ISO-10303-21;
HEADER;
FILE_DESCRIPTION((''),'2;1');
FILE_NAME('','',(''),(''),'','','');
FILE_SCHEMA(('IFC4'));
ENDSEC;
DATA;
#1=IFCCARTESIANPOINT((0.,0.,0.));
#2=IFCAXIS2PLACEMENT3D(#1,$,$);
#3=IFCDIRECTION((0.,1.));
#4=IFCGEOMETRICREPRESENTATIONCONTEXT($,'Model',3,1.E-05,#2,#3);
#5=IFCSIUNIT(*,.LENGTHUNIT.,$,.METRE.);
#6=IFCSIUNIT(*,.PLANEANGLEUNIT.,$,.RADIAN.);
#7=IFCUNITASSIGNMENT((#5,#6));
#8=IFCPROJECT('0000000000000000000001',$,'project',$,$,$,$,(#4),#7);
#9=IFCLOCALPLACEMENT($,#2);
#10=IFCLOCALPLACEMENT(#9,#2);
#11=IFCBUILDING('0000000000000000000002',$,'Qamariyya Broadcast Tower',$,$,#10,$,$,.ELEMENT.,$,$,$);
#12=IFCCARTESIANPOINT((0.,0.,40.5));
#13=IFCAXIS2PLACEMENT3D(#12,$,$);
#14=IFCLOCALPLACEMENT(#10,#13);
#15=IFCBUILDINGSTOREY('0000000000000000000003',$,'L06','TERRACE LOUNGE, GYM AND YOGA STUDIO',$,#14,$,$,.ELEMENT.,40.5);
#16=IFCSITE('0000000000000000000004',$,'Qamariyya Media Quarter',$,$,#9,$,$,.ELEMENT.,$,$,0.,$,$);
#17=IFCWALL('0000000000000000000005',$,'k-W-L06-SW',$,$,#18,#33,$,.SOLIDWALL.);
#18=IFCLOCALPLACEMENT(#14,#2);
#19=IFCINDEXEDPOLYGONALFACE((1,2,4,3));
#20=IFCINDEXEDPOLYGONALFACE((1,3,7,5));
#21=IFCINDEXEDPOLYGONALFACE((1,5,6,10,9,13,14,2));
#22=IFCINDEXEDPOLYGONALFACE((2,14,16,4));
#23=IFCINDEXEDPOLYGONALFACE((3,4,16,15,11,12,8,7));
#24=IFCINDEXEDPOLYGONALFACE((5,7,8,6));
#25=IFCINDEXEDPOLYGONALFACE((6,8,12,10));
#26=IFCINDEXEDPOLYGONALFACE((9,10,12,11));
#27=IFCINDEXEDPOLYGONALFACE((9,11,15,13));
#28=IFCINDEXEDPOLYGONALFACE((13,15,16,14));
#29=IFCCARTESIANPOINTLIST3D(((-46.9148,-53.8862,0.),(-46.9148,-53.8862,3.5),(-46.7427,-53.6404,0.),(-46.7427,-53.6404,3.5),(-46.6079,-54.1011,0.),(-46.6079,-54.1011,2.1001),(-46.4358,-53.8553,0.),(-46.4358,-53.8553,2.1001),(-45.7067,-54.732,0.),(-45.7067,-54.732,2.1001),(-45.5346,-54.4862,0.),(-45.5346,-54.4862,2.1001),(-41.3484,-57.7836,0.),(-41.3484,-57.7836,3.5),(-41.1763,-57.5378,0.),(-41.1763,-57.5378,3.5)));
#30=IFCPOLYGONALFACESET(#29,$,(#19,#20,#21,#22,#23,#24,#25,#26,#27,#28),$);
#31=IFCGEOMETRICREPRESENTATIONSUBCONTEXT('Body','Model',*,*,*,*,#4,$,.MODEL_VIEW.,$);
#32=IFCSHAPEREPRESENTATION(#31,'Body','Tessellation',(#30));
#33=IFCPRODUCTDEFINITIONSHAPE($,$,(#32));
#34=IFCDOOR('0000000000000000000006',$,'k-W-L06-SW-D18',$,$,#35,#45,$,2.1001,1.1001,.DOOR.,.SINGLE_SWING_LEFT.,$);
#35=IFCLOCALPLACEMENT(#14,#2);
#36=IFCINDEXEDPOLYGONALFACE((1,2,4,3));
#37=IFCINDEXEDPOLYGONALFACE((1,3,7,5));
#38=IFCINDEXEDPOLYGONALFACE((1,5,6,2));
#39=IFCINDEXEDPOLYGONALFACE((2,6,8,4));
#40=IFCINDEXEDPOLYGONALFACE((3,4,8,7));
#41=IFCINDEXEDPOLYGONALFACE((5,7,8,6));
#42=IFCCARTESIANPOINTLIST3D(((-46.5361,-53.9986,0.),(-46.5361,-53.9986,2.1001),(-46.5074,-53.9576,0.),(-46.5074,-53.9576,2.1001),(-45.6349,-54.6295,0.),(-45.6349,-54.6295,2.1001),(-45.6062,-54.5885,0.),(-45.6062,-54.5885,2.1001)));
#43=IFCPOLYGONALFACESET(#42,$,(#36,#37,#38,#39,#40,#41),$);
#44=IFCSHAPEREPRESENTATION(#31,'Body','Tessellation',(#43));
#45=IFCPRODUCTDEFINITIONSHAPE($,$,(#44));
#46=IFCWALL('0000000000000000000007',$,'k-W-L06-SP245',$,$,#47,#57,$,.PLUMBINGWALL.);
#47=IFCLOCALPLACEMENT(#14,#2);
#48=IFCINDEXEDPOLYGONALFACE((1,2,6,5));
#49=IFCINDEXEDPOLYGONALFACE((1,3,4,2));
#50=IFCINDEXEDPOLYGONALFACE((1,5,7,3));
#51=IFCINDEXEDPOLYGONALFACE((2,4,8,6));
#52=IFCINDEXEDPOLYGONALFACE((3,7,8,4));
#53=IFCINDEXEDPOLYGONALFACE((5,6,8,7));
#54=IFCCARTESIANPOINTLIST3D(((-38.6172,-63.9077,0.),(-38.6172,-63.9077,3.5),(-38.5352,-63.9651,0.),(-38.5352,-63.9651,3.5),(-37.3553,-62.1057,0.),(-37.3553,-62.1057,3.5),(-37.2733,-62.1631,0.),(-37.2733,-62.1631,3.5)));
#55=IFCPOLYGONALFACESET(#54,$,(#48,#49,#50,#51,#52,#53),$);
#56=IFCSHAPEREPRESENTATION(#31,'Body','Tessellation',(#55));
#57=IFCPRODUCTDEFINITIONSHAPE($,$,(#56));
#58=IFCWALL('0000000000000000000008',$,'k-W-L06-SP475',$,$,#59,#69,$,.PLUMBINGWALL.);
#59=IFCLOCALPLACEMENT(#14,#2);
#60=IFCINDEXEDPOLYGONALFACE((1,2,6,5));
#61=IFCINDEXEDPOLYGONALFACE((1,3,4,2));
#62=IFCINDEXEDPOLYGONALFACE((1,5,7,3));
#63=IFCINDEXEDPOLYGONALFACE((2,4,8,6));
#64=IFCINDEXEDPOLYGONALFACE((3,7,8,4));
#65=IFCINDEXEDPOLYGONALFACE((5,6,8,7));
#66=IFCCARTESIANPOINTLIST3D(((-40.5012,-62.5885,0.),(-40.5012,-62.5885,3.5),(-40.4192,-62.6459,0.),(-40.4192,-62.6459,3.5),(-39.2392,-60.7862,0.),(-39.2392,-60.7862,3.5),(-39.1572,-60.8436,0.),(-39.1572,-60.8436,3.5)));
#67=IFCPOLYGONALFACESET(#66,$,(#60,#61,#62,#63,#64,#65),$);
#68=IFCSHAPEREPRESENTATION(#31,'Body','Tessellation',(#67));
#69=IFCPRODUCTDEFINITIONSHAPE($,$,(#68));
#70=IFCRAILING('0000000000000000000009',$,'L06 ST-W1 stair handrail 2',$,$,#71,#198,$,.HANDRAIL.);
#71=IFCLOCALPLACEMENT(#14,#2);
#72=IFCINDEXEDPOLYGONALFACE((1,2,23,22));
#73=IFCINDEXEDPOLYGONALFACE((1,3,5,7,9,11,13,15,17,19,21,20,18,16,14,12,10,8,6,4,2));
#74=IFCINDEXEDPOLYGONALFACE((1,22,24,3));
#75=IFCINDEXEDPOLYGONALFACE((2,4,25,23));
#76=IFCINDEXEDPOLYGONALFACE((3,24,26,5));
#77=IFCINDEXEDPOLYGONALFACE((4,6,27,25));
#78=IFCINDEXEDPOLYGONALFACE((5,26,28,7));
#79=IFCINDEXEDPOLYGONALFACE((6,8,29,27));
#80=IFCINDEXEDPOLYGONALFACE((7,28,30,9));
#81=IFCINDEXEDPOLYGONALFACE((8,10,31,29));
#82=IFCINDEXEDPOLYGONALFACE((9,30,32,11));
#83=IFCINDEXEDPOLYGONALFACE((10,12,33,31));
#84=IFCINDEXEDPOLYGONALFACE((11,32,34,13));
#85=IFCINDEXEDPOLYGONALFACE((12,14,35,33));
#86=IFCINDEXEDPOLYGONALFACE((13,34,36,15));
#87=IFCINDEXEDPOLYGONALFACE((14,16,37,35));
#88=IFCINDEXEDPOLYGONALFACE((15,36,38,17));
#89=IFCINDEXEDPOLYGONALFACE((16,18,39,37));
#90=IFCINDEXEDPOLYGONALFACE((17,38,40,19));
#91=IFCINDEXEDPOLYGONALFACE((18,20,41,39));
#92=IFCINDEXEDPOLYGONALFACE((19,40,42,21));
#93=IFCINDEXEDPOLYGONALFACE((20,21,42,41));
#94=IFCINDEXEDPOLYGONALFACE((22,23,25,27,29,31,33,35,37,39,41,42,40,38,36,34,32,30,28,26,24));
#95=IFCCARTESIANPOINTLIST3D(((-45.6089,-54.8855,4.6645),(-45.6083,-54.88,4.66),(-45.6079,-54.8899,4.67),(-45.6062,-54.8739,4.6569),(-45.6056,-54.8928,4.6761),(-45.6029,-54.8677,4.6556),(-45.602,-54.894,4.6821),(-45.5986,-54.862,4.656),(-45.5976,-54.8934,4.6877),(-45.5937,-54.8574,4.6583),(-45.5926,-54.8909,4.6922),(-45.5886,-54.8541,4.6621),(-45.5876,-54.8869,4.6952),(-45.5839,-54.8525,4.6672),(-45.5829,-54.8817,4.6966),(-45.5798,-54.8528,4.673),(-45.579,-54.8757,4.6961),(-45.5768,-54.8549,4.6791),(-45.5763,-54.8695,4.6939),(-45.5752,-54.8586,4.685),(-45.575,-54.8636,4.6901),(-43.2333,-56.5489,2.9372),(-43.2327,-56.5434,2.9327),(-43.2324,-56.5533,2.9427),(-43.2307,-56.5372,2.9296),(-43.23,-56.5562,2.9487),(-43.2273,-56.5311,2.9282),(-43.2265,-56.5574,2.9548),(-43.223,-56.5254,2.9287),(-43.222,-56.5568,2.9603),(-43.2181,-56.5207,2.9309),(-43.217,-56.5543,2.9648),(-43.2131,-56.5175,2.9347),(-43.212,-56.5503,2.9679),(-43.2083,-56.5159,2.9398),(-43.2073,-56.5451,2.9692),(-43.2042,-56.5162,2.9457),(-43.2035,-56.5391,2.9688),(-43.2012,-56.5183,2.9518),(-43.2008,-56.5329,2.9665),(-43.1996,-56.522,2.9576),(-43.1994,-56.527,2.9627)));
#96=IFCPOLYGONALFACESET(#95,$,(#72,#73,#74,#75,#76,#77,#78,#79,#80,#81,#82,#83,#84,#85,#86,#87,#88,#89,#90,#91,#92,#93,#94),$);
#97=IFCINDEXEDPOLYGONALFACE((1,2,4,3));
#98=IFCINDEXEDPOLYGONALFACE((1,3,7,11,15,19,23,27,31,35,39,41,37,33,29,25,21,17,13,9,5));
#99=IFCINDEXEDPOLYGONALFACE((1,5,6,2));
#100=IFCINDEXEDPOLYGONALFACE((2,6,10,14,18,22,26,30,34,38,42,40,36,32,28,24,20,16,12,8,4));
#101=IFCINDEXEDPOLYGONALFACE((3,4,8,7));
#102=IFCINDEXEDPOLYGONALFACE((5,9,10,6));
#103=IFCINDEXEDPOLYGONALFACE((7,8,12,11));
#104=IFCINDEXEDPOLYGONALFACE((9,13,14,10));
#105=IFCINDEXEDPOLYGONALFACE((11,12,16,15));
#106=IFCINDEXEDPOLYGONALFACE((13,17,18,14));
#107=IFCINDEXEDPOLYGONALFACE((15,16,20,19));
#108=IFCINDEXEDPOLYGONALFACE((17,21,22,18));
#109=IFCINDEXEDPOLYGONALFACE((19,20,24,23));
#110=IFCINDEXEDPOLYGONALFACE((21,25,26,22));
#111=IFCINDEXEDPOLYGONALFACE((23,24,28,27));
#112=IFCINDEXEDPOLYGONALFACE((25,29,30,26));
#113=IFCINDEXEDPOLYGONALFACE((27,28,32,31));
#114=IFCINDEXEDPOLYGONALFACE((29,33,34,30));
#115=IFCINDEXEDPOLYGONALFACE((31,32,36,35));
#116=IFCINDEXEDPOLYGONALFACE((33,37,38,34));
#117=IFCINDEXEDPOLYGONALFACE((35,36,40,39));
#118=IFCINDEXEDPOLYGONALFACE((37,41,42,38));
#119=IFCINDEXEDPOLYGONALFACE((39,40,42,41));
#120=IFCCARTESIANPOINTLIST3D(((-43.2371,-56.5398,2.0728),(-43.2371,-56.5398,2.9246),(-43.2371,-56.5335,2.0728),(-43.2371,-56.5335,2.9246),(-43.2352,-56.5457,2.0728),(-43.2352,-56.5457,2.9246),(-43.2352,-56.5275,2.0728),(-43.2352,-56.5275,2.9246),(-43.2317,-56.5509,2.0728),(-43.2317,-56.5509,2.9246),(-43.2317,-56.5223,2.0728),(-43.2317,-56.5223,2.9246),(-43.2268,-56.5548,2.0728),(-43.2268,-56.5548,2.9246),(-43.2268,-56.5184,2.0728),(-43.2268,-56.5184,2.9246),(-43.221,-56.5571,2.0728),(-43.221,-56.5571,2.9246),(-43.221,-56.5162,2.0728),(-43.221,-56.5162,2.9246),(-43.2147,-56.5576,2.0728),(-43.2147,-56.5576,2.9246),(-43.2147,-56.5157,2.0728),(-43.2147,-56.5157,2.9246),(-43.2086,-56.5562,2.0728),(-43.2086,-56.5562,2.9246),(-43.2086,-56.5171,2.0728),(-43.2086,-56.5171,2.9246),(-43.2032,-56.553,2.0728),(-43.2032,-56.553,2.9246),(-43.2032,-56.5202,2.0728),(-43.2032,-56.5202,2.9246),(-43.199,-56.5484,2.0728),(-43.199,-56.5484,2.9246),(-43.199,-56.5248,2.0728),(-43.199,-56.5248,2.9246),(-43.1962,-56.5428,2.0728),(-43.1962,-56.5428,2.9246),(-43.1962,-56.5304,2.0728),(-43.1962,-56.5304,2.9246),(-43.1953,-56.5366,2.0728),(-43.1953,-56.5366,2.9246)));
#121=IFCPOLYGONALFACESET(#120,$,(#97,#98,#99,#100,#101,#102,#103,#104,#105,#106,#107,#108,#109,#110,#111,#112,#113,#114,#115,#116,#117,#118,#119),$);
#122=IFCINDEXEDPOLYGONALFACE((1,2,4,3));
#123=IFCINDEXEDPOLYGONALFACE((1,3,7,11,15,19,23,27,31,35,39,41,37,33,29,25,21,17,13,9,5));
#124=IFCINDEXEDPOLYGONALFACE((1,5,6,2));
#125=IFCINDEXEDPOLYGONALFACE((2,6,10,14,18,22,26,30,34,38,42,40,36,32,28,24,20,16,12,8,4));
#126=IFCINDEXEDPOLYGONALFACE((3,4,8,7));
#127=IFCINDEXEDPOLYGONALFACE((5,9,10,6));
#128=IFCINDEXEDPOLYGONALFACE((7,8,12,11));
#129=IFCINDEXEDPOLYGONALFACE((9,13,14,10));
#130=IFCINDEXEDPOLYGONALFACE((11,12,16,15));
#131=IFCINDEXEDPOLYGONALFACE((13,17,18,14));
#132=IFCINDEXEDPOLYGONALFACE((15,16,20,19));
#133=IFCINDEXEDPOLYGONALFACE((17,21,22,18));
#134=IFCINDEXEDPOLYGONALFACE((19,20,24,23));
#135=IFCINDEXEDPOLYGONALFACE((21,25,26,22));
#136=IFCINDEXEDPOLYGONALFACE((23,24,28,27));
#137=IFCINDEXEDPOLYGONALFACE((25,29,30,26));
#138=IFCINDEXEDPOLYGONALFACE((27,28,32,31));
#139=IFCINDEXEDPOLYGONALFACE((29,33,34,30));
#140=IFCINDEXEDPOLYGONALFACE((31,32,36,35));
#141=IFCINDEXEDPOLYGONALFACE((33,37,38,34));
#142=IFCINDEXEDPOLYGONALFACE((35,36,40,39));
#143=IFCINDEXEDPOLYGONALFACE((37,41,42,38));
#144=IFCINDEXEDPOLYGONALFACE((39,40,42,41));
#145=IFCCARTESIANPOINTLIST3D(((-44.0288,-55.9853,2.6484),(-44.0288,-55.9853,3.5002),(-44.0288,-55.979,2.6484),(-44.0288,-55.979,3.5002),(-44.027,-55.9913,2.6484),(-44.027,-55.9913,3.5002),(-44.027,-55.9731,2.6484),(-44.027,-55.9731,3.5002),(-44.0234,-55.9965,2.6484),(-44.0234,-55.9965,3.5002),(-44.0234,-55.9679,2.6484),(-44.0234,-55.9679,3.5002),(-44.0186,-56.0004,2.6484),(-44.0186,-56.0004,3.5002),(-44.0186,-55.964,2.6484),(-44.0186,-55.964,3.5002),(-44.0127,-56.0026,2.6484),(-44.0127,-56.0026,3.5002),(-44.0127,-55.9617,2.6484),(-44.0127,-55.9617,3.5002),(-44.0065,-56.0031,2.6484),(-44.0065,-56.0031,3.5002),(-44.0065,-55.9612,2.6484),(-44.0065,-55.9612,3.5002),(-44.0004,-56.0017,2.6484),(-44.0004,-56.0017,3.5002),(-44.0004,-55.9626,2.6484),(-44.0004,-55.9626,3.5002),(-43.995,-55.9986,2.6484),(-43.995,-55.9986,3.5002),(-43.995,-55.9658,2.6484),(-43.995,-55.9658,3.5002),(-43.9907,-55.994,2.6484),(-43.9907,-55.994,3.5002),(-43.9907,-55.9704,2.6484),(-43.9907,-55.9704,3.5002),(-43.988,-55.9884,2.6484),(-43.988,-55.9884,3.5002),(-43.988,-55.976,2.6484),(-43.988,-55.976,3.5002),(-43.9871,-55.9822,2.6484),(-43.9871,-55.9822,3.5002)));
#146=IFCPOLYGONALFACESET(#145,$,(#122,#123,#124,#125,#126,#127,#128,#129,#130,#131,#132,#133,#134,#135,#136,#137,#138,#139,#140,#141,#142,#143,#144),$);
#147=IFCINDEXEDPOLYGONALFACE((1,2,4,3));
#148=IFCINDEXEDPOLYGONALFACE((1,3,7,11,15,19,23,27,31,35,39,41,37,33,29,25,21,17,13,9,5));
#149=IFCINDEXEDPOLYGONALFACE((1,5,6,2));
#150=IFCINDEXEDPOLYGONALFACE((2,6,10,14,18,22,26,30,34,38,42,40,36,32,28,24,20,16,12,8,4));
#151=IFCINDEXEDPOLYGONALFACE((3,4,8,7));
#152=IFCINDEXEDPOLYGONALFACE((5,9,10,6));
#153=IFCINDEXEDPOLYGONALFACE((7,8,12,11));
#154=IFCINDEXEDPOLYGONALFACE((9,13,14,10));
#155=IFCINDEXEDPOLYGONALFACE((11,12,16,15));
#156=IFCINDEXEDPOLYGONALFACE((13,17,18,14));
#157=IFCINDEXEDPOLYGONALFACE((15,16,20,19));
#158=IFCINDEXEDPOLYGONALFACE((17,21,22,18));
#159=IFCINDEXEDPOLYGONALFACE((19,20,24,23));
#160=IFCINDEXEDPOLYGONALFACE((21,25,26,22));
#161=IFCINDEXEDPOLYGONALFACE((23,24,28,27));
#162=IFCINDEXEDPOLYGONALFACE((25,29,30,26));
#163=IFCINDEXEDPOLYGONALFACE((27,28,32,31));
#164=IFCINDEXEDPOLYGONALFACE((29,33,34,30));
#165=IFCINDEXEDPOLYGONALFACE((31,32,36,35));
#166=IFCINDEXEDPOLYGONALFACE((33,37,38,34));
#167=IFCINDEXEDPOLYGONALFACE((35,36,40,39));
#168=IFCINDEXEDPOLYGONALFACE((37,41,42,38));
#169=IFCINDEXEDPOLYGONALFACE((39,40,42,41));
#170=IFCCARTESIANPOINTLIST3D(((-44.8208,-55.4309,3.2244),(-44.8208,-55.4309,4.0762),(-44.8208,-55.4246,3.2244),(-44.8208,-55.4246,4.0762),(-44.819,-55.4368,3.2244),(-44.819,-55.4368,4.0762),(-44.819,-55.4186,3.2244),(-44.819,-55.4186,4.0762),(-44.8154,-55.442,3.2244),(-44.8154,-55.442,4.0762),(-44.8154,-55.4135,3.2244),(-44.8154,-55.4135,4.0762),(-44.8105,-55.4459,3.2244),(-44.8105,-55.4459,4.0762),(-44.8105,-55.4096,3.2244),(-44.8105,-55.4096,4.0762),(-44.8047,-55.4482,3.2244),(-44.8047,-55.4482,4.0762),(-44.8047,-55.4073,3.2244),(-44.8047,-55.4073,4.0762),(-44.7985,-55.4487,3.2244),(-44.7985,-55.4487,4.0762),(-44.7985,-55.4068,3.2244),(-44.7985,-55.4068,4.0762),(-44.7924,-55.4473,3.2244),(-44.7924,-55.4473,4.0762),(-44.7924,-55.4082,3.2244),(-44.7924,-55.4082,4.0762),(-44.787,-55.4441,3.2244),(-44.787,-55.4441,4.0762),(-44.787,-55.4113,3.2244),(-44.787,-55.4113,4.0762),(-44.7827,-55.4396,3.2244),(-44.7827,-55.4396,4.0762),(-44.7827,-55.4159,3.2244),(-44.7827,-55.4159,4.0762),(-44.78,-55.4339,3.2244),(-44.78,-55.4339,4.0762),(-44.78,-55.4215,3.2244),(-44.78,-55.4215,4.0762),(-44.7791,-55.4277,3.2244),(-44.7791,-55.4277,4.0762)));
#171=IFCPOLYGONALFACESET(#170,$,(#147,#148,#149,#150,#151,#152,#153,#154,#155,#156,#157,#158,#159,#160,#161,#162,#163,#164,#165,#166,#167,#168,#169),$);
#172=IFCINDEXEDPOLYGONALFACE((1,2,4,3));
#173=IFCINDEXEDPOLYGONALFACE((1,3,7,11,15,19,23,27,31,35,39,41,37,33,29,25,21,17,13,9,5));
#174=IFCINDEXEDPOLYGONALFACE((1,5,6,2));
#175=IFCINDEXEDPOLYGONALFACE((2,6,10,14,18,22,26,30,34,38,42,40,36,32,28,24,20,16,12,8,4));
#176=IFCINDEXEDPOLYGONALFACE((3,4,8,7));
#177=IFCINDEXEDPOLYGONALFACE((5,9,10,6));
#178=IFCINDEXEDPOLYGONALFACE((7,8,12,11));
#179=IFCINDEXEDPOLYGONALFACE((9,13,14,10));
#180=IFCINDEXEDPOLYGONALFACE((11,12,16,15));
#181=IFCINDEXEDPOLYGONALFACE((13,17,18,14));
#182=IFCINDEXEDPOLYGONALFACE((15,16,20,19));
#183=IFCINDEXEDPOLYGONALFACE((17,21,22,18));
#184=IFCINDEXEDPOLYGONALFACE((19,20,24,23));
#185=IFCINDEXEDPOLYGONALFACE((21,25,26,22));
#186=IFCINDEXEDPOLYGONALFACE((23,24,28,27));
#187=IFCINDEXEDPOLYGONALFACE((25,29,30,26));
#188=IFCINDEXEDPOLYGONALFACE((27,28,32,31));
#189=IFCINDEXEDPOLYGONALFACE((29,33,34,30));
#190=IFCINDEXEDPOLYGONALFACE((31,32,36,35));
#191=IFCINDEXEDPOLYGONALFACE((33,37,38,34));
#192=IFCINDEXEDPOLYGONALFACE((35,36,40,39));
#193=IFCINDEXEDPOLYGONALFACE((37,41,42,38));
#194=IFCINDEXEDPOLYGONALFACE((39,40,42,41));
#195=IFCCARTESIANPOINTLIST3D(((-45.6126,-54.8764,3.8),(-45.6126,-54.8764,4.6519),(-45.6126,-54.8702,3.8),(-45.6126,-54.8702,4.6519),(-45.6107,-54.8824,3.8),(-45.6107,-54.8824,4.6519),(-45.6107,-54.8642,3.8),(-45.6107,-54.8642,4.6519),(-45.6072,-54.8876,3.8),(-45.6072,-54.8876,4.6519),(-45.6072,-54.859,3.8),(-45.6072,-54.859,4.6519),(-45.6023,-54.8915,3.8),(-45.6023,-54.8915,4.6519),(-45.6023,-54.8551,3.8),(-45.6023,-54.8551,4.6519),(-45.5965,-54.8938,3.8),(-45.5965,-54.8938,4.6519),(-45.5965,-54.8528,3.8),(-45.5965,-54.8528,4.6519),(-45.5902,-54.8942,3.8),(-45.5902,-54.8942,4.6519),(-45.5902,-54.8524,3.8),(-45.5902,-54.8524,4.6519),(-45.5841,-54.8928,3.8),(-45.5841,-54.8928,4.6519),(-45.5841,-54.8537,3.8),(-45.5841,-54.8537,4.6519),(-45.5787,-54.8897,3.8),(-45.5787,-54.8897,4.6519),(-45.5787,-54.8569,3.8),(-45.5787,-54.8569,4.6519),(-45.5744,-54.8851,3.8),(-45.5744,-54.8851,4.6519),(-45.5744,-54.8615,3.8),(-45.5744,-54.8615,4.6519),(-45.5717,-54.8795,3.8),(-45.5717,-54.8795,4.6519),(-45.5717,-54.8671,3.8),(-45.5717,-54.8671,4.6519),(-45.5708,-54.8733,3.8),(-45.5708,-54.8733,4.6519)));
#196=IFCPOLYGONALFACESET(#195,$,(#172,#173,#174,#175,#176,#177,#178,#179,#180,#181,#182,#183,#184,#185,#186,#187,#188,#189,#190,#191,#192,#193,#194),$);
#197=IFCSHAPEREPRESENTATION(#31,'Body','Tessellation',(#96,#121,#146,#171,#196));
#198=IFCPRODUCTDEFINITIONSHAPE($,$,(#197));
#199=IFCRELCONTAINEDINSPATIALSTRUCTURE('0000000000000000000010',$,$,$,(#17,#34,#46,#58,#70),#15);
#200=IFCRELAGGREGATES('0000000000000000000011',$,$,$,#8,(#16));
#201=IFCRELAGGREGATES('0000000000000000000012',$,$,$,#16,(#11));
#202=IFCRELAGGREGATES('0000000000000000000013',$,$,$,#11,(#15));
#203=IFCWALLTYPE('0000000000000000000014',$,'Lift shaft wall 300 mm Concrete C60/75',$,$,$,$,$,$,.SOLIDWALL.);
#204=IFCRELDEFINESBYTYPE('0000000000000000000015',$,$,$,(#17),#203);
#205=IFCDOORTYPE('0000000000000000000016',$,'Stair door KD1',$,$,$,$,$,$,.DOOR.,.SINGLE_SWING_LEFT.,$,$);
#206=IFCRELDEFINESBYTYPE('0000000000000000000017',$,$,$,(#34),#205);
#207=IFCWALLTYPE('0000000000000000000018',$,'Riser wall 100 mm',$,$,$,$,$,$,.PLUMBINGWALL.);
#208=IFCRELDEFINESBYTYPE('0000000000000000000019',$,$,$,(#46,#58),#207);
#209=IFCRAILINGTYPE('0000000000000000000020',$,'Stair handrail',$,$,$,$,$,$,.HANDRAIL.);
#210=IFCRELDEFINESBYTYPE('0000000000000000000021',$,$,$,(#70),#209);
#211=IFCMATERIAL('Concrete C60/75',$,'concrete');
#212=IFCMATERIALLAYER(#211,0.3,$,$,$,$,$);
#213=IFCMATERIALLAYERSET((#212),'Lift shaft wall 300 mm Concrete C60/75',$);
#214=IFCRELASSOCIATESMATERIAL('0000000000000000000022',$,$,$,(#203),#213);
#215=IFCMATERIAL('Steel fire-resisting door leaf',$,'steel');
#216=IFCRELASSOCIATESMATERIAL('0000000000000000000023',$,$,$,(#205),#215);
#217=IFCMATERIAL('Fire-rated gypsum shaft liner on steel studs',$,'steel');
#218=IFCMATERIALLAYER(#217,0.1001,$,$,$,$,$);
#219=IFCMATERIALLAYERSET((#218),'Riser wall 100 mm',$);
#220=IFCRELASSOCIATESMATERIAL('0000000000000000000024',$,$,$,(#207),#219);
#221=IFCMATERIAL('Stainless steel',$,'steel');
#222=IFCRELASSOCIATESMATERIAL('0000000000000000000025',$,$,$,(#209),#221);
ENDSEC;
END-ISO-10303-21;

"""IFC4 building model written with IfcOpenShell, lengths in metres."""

from ifc_helpers import new_model, si_unit, direction, frame, frame_2d, origin, origin_2d, place, context, subcontext, project, spatial, rectangle, circle, extrude, material, layer, layer_set, type_object, element, fill, save


model = new_model("IFC4")

# Units and contexts
model_context = context("Model", 3, precision=1e-05, world=origin(), true_north=direction((0.0, 1.0)))
body_context = subcontext(model_context, "Body", "Model", "MODEL_VIEW")
ifc_project = project(units=[si_unit("LENGTHUNIT", "METRE"), si_unit("PLANEANGLEUNIT", "RADIAN")], contexts=[model_context])

# Site, building, storey
site_placement = place(None, origin())
site = spatial("IfcSite", under=ifc_project, at=site_placement, Name="Qamariyya Media Quarter", CompositionType="ELEMENT", RefElevation=0.0)
building_placement = place(site_placement, origin())
building = spatial("IfcBuilding", under=site, at=building_placement, Name="Qamariyya Broadcast Tower", CompositionType="ELEMENT")
storey_placement = place(building_placement, frame((0.0, 0.0, 40.5)))
storey = spatial("IfcBuildingStorey", under=building, at=storey_placement, Name="L06", Description="TERRACE LOUNGE, GYM AND YOGA STUDIO", CompositionType="ELEMENT", Elevation=40.5)

# Shared definitions
ifc_material_1 = material(Name="Concrete C60/75", Category="concrete")
ifc_layer_1 = layer(ifc_material_1, 0.3)
ifc_layer_set_1 = layer_set([ifc_layer_1], Name="Lift shaft wall 300 mm Concrete C60/75")
wall_type_1 = type_object("IfcWallType", Name="Lift shaft wall 300 mm Concrete C60/75", PredefinedType="SOLIDWALL", material=ifc_layer_set_1)

# Shared definitions
ifc_material_2 = material(Name="Steel fire-resisting door leaf", Category="steel")

# Wall, opening, door
wall_1_placement = place(storey_placement, frame((-41.2625, -57.6606, 0.0), z_axis=(0.0, 0.0, 1.0), x_axis=(-0.819164, 0.573559, 0.0)))
wall_1 = element("IfcWall", 1, at=wall_1_placement, inside=storey, type_object=wall_type_1, Name="k-W-L06-SW", PredefinedType="SOLIDWALL", context=body_context, shape_type="SweptSolid", body=[
    extrude(rectangle(XDim=6.7952, YDim=0.3, at=frame_2d((3.3975, 0.0))), origin(), (0.0, 0.0, 1.0), 3.5),
])
opening_1_placement = place(wall_1_placement, frame((5.3203, 0.0, 0.0)))
opening_1 = element("IfcOpeningElement", 2, at=opening_1_placement, cuts=wall_1, PredefinedType="OPENING", context=body_context, shape_type="SweptSolid", body=[
    extrude(rectangle(XDim=1.1001, YDim=2.1001, at=frame_2d((0.55, 1.05))), frame((0.0, 0.1599, 0.0), z_axis=(0.0, -1.0, 0.0), x_axis=(1.0, 0.0, 0.0)), (0.0, 0.0, 1.0), 0.3201),
])
door_type_1 = type_object("IfcDoorType", Name="Stair door KD1", OperationType="SINGLE_SWING_LEFT", PredefinedType="DOOR", material=ifc_material_2)
door_1_placement = place(opening_1_placement, origin())
door_1 = element("IfcDoor", 3, at=door_1_placement, inside=storey, type_object=door_type_1, Name="k-W-L06-SW-D18", OperationType="SINGLE_SWING_LEFT", OverallHeight=2.1001, OverallWidth=1.1001, PredefinedType="DOOR", context=body_context, shape_type="SweptSolid", body=[
    extrude(rectangle(XDim=1.1001, YDim=2.1001, at=frame_2d((0.55, 1.05))), frame((0.0, 0.0249, 0.0), z_axis=(0.0, -1.0, 0.0), x_axis=(1.0, 0.0, 0.0)), (0.0, 0.0, 1.0), 0.05),
])
fill(opening_1, door_1)

# Walls
ifc_material_3 = material(Name="Fire-rated gypsum shaft liner on steel studs", Category="steel")
ifc_layer_2 = layer(ifc_material_3, 0.1001)
ifc_layer_set_2 = layer_set([ifc_layer_2], Name="Riser wall 100 mm")
wall_type_2 = type_object("IfcWallType", Name="Riser wall 100 mm", PredefinedType="PLUMBINGWALL", material=ifc_layer_set_2)
wall_2_placement = place(storey_placement, frame((-37.3142, -62.1343, 0.0), z_axis=(0.0, 0.0, 1.0), x_axis=(-0.573634, -0.819112, 0.0)))
element("IfcWall", 4, at=wall_2_placement, inside=storey, type_object=wall_type_2, Name="k-W-L06-SP245", PredefinedType="PLUMBINGWALL", context=body_context, shape_type="SweptSolid", body=[
    extrude(rectangle(XDim=2.2, YDim=0.1001, at=frame_2d((1.1001, 0.0))), origin(), (0.0, 0.0, 1.0), 3.5),
])
wall_3_placement = place(storey_placement, frame((-39.1982, -60.8149, 0.0), z_axis=(0.0, 0.0, 1.0), x_axis=(-0.573581, -0.819149, 0.0)))
element("IfcWall", 5, at=wall_3_placement, inside=storey, type_object=wall_type_2, Name="k-W-L06-SP475", PredefinedType="PLUMBINGWALL", context=body_context, shape_type="SweptSolid", body=[
    extrude(rectangle(XDim=2.2002, YDim=0.1001, at=frame_2d((1.1001, 0.0))), origin(), (0.0, 0.0, 1.0), 3.5),
])

# Railing
ifc_material_4 = material(Name="Stainless steel", Category="steel")
railing_type = type_object("IfcRailingType", Name="Stair handrail", PredefinedType="HANDRAIL", material=ifc_material_4)
railing_placement = place(storey_placement, frame((-43.2163, -56.5366, 2.0728)))
element("IfcRailing", 6, at=railing_placement, inside=storey, type_object=railing_type, Name="L06 ST-W1 stair handrail 2", PredefinedType="HANDRAIL", context=body_context, shape_type="SweptSolid", body=[
    extrude(circle(Radius=0.0239, at=origin_2d()), frame((0.0, 0.0, 0.876), z_axis=(-0.70377, 0.492784, 0.511734), x_axis=(-0.573575, -0.819153, 0.0)), (0.0, 0.0, 1.0), 3.3755),
    extrude(circle(Radius=0.021, at=origin_2d()), origin(), (0.0, 0.0, 1.0), 0.8518),
    extrude(circle(Radius=0.021, at=origin_2d()), frame((-0.7917, 0.5544, 0.5757)), (0.0, 0.0, 1.0), 0.8518),
    extrude(circle(Radius=0.021, at=origin_2d()), frame((-1.5837, 1.1089, 1.1516)), (0.0, 0.0, 1.0), 0.8518),
    extrude(circle(Radius=0.021, at=origin_2d()), frame((-2.3755, 1.6633, 1.7273)), (0.0, 0.0, 1.0), 0.8518),
])

save(model, "model.ifc")
